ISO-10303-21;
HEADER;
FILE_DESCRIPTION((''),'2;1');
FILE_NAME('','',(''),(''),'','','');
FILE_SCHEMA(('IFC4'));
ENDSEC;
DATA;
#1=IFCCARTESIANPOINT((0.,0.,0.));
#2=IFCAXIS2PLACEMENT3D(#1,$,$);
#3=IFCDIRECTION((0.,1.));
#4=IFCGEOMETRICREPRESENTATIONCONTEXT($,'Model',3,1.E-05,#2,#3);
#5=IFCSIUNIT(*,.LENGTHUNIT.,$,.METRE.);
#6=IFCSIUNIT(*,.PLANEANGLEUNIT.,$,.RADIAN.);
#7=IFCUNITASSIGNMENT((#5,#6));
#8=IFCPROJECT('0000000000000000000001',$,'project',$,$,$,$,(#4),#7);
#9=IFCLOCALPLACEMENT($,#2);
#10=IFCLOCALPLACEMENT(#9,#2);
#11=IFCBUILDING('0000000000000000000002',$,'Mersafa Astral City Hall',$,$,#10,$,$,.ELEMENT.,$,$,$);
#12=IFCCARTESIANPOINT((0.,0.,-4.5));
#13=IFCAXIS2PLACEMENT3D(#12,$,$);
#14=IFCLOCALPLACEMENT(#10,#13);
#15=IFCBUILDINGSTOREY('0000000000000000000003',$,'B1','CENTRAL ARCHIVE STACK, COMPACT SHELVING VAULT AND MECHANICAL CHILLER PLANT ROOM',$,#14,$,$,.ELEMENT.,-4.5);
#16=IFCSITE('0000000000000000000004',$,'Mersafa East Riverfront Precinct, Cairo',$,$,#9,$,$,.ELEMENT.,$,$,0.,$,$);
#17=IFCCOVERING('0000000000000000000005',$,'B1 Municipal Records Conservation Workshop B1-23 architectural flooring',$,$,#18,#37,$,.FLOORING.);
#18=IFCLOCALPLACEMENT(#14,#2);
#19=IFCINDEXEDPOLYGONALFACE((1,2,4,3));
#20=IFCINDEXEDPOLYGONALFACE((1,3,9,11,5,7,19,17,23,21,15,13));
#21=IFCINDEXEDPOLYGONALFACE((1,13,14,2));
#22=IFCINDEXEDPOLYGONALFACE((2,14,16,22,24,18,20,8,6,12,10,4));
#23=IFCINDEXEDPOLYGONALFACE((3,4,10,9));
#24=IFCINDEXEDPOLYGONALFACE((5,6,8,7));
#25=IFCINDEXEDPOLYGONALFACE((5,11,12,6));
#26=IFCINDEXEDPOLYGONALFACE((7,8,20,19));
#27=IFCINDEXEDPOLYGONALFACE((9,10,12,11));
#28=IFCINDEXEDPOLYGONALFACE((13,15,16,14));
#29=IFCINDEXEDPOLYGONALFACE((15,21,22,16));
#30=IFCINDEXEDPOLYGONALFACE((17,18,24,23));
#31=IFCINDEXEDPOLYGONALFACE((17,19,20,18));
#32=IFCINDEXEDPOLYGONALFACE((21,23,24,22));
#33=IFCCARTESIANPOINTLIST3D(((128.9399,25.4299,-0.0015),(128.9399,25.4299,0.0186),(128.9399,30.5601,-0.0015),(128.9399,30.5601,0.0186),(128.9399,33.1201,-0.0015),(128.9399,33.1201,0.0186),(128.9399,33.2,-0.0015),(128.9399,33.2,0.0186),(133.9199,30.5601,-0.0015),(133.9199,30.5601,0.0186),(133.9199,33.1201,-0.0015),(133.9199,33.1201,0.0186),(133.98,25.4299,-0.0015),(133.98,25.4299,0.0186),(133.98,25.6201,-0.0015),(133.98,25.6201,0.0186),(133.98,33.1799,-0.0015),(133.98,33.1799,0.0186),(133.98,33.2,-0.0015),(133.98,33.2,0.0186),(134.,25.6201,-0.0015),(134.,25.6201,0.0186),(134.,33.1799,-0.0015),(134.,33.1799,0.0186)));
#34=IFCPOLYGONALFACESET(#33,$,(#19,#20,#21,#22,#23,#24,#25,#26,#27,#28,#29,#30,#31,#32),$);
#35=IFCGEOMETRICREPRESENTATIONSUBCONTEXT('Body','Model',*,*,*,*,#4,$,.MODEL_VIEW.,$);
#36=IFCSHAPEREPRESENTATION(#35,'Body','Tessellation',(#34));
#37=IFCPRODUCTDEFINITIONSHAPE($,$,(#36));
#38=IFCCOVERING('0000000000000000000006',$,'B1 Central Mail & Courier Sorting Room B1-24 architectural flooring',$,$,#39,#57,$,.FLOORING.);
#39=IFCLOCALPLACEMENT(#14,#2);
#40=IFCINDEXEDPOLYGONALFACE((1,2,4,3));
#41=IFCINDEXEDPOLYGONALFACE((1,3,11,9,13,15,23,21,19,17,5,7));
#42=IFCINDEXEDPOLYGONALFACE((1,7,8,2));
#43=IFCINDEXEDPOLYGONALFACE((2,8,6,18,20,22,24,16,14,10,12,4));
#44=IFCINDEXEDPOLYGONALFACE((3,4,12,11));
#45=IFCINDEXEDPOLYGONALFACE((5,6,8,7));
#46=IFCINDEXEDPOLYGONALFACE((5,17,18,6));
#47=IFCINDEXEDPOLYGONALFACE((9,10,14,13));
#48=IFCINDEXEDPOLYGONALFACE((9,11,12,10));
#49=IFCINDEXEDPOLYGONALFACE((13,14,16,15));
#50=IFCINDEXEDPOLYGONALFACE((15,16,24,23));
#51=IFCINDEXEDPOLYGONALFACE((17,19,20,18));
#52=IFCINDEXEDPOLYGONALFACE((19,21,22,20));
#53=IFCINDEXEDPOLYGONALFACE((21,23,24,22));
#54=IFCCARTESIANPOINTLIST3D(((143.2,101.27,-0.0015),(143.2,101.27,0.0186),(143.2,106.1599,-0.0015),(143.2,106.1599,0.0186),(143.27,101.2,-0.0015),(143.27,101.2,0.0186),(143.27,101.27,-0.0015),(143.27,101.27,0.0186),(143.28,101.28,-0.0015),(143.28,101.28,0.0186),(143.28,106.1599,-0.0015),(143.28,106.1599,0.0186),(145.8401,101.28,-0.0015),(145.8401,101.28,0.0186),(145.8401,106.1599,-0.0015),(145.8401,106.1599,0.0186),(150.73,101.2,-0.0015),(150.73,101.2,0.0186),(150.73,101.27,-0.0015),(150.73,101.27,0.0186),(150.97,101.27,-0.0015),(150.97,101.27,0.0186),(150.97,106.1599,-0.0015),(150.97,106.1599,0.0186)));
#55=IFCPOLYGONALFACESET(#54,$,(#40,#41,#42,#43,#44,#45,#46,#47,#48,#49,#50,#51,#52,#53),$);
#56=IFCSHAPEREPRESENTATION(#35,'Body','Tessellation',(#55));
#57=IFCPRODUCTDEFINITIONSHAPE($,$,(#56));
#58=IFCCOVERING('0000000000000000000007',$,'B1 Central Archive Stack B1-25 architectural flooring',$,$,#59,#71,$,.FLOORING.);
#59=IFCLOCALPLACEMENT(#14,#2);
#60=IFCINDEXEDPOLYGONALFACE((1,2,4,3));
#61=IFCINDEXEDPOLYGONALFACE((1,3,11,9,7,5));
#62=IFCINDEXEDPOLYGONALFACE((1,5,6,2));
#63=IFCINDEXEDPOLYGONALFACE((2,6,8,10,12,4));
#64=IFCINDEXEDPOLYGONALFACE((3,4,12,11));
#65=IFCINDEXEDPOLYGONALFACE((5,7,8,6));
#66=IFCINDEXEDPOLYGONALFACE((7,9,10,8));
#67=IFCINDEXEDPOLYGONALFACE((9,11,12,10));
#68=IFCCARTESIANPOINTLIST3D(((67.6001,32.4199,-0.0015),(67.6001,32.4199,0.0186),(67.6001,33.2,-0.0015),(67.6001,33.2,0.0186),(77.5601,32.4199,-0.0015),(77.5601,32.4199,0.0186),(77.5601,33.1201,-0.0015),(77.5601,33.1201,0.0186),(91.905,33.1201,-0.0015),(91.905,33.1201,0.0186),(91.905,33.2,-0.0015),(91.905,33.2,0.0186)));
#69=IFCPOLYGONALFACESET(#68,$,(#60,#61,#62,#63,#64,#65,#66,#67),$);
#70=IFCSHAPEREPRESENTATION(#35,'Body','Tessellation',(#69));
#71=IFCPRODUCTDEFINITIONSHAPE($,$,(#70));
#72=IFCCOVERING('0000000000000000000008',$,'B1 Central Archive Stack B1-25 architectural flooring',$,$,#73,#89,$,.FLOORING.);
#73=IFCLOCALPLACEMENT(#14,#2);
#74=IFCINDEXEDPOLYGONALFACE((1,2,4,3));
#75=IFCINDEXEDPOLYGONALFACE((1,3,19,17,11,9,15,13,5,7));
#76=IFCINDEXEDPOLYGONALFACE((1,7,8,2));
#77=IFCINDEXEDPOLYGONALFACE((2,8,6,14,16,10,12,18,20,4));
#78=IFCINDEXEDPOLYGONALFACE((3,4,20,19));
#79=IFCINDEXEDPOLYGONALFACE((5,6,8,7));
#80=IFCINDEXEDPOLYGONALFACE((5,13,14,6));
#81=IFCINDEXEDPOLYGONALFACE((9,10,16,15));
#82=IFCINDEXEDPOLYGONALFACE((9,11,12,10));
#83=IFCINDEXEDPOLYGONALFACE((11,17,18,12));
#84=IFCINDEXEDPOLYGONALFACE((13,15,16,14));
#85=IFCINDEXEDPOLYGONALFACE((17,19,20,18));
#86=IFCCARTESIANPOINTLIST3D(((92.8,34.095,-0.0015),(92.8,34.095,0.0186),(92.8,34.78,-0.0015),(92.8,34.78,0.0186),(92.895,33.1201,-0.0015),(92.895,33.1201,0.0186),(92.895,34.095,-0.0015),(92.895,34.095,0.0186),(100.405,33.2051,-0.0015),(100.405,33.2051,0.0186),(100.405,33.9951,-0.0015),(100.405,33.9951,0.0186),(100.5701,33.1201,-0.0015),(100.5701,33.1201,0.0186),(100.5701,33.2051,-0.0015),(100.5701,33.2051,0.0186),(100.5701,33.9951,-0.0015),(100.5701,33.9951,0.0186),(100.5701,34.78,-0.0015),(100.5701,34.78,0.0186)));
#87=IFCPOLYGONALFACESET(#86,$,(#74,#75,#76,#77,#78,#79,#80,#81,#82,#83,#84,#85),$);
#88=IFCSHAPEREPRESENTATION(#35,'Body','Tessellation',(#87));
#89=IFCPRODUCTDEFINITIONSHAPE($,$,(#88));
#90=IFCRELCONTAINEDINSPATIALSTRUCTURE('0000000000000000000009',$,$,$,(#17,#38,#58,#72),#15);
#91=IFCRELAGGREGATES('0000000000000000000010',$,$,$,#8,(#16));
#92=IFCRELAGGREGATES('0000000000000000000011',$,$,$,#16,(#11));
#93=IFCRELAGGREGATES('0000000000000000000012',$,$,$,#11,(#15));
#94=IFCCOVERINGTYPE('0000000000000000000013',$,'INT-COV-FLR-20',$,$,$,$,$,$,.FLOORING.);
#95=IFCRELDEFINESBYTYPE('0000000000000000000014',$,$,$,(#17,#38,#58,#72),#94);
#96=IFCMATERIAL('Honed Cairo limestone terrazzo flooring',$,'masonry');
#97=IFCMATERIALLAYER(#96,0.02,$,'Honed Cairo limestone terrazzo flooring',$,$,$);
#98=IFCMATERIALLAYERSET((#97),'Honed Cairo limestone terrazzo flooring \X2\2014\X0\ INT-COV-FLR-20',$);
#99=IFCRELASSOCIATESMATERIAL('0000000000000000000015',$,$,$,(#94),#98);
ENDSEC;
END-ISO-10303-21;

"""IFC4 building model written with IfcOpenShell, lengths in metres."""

from ifc_helpers import new_model, si_unit, direction, frame, origin, place, context, subcontext, project, spatial, polyline, outline, extrude, material, layer, layer_set, type_object, element, save


model = new_model("IFC4")

# Units and contexts
model_context = context("Model", 3, precision=1e-05, world=origin(), true_north=direction((0.0, 1.0)))
body_context = subcontext(model_context, "Body", "Model", "MODEL_VIEW")
ifc_project = project(units=[si_unit("LENGTHUNIT", "METRE"), si_unit("PLANEANGLEUNIT", "RADIAN")], contexts=[model_context])

# Site, building, storey
site_placement = place(None, origin())
site = spatial("IfcSite", under=ifc_project, at=site_placement, Name="Mersafa East Riverfront Precinct, Cairo", CompositionType="ELEMENT", RefElevation=0.0)
building_placement = place(site_placement, origin())
building = spatial("IfcBuilding", under=site, at=building_placement, Name="Mersafa Astral City Hall", CompositionType="ELEMENT")
storey_placement = place(building_placement, frame((0.0, 0.0, -4.5)))
storey = spatial("IfcBuildingStorey", under=building, at=storey_placement, Name="B1", Description="CENTRAL ARCHIVE STACK, COMPACT SHELVING VAULT AND MECHANICAL CHILLER PLANT ROOM", CompositionType="ELEMENT", Elevation=-4.5)

# Coverings
ifc_material_1 = material(Name="Honed Cairo limestone terrazzo flooring", Category="masonry")
ifc_layer_1 = layer(ifc_material_1, 0.02, Name="Honed Cairo limestone terrazzo flooring")
ifc_layer_set_1 = layer_set([ifc_layer_1], Name="Honed Cairo limestone terrazzo flooring — INT-COV-FLR-20")
covering_type_1 = type_object("IfcCoveringType", Name="INT-COV-FLR-20", PredefinedType="FLOORING", material=ifc_layer_set_1)
covering_1_placement = place(storey_placement, frame((0.0, 0.0, -0.0015)))
element("IfcCovering", 1, at=covering_1_placement, inside=storey, type_object=covering_type_1, Name="B1 Municipal Records Conservation Workshop B1-23 architectural flooring", PredefinedType="FLOORING", context=body_context, shape_type="SweptSolid", body=[
    extrude(outline(polyline([(128.9399, 30.5601), (133.9199, 30.5601), (133.9199, 33.1201), (128.9399, 33.1201), (128.9399, 33.2), (133.98, 33.2), (133.98, 33.1799), (134.0, 33.1799), (134.0, 25.6201), (133.98, 25.6201), (133.98, 25.4299), (128.9399, 25.4299), (128.9399, 30.5601)])), origin(), (0.0, 0.0, 1.0), 0.02),
])
covering_2_placement = place(storey_placement, frame((0.0, 0.0, -0.0015)))
element("IfcCovering", 2, at=covering_2_placement, inside=storey, type_object=covering_type_1, Name="B1 Central Mail & Courier Sorting Room B1-24 architectural flooring", PredefinedType="FLOORING", context=body_context, shape_type="SweptSolid", body=[
    extrude(outline(polyline([(143.27, 101.27), (143.2, 101.27), (143.2, 106.1599), (143.28, 106.1599), (143.28, 101.28), (145.8401, 101.28), (145.8401, 106.1599), (150.97, 106.1599), (150.97, 101.27), (150.73, 101.27), (150.73, 101.2), (143.27, 101.2), (143.27, 101.27)])), origin(), (0.0, 0.0, 1.0), 0.02),
])
covering_3_placement = place(storey_placement, frame((0.0, 0.0, -0.0015)))
element("IfcCovering", 3, at=covering_3_placement, inside=storey, type_object=covering_type_1, Name="B1 Central Archive Stack B1-25 architectural flooring", PredefinedType="FLOORING", context=body_context, shape_type="SweptSolid", body=[
    extrude(outline(polyline([(77.5601, 33.1201), (77.5601, 32.4199), (67.6001, 32.4199), (67.6001, 33.2), (91.905, 33.2), (91.905, 33.1201), (77.5601, 33.1201)])), origin(), (0.0, 0.0, 1.0), 0.02),
])
covering_4_placement = place(storey_placement, frame((0.0, 0.0, -0.0015)))
element("IfcCovering", 4, at=covering_4_placement, inside=storey, type_object=covering_type_1, Name="B1 Central Archive Stack B1-25 architectural flooring", PredefinedType="FLOORING", context=body_context, shape_type="SweptSolid", body=[
    extrude(outline(polyline([(92.895, 34.095), (92.8, 34.095), (92.8, 34.78), (100.5701, 34.78), (100.5701, 33.9951), (100.405, 33.9951), (100.405, 33.2051), (100.5701, 33.2051), (100.5701, 33.1201), (92.895, 33.1201), (92.895, 34.095)])), origin(), (0.0, 0.0, 1.0), 0.02),
])

save(model, "model.ifc")
